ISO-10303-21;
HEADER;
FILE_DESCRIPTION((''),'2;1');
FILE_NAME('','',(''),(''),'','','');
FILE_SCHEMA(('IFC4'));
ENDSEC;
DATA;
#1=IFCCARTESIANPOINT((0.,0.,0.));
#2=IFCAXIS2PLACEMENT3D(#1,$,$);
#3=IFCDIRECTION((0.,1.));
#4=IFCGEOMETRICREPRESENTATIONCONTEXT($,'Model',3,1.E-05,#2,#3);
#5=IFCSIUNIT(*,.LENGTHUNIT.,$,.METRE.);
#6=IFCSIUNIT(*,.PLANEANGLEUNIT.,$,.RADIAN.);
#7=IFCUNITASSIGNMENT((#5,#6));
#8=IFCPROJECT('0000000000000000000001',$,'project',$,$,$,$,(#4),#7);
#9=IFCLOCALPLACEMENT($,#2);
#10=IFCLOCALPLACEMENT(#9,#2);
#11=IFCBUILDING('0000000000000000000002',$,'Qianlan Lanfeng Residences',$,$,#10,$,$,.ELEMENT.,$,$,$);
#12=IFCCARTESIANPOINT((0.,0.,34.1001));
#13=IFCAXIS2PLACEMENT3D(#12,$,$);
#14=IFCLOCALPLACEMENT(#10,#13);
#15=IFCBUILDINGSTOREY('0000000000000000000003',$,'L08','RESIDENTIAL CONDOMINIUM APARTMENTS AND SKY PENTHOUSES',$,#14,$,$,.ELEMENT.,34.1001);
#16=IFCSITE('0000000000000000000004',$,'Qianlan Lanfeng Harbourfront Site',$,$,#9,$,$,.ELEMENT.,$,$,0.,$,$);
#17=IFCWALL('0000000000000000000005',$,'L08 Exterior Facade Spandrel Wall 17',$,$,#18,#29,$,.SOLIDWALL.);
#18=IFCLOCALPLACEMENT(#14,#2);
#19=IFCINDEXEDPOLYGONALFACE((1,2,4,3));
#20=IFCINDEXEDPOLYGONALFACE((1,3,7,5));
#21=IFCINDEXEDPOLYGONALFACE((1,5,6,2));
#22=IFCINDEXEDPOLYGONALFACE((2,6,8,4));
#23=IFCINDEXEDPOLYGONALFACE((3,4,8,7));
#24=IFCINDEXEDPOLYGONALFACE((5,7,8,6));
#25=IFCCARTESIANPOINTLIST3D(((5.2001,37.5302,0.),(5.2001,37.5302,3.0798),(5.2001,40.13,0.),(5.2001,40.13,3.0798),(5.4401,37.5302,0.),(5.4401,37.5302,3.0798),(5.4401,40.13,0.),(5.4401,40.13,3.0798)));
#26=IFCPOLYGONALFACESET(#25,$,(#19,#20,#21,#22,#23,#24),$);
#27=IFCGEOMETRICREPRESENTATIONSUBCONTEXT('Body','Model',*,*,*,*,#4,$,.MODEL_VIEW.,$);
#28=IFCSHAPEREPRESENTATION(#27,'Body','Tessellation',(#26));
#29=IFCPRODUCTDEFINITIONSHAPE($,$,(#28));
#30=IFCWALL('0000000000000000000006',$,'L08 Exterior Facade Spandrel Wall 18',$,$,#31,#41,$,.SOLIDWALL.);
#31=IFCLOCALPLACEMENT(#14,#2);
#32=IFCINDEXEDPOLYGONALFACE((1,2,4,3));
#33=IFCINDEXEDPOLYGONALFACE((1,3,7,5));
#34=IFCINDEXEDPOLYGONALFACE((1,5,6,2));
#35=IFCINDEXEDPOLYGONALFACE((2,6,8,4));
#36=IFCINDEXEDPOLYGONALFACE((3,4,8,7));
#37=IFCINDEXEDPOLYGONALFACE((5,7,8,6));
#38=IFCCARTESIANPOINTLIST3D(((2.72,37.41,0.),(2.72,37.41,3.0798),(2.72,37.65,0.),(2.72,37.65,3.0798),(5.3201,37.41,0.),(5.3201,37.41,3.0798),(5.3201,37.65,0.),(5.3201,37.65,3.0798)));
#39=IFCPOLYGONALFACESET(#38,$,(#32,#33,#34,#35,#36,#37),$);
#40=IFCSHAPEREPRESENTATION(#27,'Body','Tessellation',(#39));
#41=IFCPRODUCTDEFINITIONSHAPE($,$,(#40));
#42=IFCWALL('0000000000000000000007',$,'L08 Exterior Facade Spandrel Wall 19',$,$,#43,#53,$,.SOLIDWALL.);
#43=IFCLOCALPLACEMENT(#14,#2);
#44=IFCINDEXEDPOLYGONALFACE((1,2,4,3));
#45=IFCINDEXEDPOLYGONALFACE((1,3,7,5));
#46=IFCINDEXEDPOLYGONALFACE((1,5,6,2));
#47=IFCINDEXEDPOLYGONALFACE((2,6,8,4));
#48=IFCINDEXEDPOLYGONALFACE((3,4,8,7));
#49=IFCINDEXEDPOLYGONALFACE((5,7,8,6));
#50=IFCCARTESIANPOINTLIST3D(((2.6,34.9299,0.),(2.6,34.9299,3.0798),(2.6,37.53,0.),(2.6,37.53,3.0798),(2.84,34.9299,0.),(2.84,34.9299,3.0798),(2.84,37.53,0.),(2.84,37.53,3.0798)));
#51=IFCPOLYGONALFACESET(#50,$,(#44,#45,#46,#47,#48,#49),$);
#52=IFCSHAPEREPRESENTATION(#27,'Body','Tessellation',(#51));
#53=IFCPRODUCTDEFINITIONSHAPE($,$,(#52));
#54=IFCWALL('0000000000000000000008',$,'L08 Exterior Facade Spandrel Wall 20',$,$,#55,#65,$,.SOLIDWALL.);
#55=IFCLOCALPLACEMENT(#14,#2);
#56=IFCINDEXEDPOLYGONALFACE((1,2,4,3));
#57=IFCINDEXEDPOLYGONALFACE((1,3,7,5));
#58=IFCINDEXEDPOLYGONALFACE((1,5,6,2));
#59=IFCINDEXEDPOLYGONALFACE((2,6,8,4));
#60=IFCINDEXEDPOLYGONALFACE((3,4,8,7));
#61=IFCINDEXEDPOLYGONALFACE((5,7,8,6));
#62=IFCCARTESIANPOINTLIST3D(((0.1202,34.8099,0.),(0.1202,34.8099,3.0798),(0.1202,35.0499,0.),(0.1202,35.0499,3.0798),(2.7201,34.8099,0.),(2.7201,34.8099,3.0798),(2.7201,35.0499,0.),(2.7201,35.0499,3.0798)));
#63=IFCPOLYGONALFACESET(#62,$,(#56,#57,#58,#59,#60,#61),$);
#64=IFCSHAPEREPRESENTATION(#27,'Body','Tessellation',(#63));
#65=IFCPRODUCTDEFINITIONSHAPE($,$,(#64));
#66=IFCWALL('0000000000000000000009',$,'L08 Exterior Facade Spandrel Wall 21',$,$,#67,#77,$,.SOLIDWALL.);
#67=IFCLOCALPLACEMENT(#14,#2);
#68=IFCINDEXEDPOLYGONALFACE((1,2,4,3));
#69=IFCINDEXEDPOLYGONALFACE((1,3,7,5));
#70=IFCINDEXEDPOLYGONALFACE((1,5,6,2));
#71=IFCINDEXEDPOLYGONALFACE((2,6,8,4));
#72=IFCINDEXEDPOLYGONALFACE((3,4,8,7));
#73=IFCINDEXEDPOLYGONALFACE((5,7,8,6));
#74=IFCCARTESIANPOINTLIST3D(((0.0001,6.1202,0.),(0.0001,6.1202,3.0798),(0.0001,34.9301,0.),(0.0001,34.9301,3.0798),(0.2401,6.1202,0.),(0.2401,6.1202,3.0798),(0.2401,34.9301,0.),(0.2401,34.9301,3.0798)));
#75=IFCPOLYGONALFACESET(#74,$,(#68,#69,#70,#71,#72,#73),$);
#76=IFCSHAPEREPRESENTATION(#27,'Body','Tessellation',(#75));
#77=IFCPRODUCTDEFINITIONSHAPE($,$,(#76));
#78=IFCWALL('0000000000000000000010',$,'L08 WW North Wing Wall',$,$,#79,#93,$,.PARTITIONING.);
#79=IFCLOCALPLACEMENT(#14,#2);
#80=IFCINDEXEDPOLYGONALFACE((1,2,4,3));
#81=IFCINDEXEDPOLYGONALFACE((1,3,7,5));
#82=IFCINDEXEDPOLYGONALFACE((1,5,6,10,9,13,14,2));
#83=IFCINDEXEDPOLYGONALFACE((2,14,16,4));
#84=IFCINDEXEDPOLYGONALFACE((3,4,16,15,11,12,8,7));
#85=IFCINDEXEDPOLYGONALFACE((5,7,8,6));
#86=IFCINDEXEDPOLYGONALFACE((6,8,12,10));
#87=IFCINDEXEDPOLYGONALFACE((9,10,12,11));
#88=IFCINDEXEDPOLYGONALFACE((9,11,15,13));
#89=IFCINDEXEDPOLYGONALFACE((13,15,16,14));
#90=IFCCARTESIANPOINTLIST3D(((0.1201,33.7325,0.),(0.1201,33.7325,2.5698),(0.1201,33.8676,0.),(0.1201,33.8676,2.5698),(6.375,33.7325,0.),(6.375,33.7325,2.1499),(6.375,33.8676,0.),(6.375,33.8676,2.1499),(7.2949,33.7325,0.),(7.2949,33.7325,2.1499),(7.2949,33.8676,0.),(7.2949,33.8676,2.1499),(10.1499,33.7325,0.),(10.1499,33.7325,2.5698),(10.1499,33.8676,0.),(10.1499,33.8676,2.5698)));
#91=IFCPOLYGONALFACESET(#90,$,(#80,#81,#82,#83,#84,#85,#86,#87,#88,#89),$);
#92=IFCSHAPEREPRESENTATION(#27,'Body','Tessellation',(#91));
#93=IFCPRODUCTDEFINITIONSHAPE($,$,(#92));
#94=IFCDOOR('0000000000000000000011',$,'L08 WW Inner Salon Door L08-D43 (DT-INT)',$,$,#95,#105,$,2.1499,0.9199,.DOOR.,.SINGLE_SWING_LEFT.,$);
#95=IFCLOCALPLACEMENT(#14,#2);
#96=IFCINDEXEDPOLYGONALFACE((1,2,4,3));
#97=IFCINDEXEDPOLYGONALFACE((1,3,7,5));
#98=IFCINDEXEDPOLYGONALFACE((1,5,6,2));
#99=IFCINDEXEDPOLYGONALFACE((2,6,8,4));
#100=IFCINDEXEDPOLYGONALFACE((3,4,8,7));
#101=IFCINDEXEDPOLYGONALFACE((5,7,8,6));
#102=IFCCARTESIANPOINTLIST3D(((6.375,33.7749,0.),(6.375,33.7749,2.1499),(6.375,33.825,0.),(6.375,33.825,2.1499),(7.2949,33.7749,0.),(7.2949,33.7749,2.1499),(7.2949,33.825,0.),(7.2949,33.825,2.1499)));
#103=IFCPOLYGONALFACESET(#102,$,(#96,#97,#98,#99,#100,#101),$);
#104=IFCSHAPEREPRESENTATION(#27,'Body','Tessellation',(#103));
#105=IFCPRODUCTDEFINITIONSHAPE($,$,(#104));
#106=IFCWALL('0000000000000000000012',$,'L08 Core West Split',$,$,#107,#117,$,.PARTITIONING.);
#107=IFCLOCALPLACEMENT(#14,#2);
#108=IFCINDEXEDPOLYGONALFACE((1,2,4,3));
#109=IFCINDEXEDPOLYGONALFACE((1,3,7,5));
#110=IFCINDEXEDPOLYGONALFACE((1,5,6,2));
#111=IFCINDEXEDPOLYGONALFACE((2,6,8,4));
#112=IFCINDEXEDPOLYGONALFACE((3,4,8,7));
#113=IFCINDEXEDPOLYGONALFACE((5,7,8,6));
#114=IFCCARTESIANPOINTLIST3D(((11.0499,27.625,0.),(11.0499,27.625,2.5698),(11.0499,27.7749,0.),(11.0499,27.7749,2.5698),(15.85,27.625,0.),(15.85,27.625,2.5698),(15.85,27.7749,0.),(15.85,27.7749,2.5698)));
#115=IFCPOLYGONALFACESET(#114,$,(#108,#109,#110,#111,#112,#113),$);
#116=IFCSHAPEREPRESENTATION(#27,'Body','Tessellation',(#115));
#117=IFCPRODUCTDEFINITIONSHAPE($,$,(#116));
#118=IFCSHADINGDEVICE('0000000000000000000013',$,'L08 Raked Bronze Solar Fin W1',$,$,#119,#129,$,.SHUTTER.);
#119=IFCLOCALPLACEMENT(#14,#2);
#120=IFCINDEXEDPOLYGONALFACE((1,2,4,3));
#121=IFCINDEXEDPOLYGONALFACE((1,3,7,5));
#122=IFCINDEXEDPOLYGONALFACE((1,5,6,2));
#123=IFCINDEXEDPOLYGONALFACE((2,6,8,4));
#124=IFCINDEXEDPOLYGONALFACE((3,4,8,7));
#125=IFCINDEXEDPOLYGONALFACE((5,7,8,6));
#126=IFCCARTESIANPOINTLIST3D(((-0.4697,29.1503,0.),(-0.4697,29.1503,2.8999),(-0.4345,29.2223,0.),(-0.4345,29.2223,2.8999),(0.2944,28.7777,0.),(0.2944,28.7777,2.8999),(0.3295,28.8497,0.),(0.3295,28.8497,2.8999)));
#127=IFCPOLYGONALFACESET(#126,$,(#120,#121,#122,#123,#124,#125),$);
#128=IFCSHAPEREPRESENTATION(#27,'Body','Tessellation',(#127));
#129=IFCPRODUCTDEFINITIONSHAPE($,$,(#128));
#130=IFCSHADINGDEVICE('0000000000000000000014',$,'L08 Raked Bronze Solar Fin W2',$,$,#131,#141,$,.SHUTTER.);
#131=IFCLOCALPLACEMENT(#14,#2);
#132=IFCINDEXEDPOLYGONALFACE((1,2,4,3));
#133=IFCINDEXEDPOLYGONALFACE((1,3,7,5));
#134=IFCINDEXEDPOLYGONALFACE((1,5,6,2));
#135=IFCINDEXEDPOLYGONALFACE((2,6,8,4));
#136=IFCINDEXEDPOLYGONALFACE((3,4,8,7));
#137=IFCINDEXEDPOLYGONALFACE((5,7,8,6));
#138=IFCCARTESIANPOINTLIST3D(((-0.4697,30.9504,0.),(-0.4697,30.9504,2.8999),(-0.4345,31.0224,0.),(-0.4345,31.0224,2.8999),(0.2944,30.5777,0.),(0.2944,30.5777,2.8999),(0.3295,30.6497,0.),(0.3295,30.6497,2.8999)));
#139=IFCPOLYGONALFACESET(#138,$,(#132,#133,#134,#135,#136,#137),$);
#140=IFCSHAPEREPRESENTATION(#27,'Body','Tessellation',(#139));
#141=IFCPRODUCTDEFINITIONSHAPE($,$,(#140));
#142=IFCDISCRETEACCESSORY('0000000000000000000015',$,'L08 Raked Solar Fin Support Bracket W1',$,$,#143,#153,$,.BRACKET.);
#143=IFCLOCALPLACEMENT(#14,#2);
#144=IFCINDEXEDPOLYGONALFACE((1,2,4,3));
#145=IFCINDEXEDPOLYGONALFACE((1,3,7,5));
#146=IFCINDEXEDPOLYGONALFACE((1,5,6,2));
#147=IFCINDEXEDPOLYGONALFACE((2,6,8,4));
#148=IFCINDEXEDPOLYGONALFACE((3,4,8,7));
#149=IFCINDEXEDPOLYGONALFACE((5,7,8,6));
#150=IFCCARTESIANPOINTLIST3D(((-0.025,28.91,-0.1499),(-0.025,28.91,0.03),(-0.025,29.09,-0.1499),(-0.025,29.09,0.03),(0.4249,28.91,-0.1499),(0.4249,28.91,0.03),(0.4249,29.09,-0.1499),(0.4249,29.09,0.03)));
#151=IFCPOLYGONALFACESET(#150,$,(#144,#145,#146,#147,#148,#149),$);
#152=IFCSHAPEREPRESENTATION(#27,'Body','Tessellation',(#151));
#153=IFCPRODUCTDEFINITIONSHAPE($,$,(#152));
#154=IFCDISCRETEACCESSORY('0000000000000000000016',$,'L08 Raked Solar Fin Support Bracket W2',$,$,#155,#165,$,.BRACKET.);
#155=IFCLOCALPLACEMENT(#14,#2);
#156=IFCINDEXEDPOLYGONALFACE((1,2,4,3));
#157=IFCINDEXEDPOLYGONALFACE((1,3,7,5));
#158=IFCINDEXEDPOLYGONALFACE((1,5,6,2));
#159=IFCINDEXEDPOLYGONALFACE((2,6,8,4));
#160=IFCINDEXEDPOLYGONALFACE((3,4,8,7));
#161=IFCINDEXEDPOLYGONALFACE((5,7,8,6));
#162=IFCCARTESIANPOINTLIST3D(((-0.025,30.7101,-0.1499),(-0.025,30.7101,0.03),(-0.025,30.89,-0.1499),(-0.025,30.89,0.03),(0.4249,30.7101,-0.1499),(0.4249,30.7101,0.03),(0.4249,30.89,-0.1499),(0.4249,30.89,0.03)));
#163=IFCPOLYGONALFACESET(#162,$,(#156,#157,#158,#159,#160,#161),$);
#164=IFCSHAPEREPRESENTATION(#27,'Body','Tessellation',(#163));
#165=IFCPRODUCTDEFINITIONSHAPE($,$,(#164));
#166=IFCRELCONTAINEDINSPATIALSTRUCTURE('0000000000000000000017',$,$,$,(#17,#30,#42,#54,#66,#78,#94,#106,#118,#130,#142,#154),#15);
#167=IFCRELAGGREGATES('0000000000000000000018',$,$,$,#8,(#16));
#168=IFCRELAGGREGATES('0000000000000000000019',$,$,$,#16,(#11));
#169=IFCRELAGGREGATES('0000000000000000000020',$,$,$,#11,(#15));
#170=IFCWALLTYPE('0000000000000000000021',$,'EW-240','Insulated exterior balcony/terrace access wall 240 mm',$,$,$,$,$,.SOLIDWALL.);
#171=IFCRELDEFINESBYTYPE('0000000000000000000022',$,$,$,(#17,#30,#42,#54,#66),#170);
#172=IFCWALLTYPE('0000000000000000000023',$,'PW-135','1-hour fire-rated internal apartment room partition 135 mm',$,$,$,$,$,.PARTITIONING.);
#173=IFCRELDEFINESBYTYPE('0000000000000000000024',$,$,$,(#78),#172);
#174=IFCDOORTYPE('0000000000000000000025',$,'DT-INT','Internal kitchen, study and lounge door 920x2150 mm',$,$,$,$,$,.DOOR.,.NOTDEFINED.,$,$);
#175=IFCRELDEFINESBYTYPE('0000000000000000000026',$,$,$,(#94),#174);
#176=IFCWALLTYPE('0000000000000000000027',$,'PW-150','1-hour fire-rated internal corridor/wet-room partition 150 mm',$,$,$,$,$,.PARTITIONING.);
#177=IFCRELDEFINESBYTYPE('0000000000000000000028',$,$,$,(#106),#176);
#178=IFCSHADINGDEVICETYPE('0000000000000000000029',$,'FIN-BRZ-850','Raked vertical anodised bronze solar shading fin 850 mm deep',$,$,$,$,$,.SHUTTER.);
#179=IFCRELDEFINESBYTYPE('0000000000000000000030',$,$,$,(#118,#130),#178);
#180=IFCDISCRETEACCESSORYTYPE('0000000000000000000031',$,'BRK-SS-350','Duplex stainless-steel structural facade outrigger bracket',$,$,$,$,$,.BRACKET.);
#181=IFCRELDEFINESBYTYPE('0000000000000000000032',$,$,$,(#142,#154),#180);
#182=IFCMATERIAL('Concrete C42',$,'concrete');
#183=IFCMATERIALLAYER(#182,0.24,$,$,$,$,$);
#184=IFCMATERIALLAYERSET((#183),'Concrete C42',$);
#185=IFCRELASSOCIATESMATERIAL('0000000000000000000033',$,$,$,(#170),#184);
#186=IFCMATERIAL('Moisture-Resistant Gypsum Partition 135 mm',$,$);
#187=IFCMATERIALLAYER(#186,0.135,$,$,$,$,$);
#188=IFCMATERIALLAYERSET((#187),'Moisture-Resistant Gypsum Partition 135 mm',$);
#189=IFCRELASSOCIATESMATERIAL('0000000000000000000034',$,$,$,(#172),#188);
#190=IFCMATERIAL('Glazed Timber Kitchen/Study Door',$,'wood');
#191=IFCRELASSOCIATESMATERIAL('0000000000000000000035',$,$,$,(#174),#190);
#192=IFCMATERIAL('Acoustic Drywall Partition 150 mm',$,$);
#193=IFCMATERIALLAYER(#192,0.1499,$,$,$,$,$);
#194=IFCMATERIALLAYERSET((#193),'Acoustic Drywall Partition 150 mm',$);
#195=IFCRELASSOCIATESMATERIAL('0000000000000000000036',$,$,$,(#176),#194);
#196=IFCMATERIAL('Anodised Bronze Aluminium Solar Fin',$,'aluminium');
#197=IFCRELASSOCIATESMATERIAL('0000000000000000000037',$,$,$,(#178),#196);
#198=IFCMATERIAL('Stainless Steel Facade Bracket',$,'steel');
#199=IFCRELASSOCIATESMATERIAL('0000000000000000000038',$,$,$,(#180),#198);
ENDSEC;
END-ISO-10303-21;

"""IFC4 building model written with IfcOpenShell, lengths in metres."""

from ifc_helpers import new_model, si_unit, direction, frame, frame_2d, origin, origin_2d, place, context, subcontext, project, spatial, rectangle, extrude, source, transform, mapped, material, layer, layer_set, type_object, element, fill, save


model = new_model("IFC4")

# Units and contexts
model_context = context("Model", 3, precision=1e-05, world=origin(), true_north=direction((0.0, 1.0)))
body_context = subcontext(model_context, "Body", "Model", "MODEL_VIEW")
ifc_project = project(units=[si_unit("LENGTHUNIT", "METRE"), si_unit("PLANEANGLEUNIT", "RADIAN")], contexts=[model_context])

# Site, building, storey
site_placement = place(None, origin())
site = spatial("IfcSite", under=ifc_project, at=site_placement, Name="Qianlan Lanfeng Harbourfront Site", CompositionType="ELEMENT", RefElevation=0.0)
building_placement = place(site_placement, origin())
building = spatial("IfcBuilding", under=site, at=building_placement, Name="Qianlan Lanfeng Residences", CompositionType="ELEMENT")
storey_placement = place(building_placement, frame((0.0, 0.0, 34.1001)))
storey = spatial("IfcBuildingStorey", under=building, at=storey_placement, Name="L08", Description="RESIDENTIAL CONDOMINIUM APARTMENTS AND SKY PENTHOUSES", CompositionType="ELEMENT", Elevation=34.1001)

# Walls
ifc_material_1 = material(Name="Concrete C42", Category="concrete")
ifc_layer_1 = layer(ifc_material_1, 0.24)
ifc_layer_set_1 = layer_set([ifc_layer_1], Name="Concrete C42")
wall_type_1 = type_object("IfcWallType", Name="EW-240", Description="Insulated exterior balcony/terrace access wall 240 mm", PredefinedType="SOLIDWALL", material=ifc_layer_set_1)
wall_1_placement = place(storey_placement, frame((5.3201, 40.1299, 0.0), z_axis=(0.0, 0.0, 1.0), x_axis=(0.0, -1.0, 0.0)))
element("IfcWall", 1, at=wall_1_placement, inside=storey, type_object=wall_type_1, Name="L08 Exterior Facade Spandrel Wall 17", PredefinedType="SOLIDWALL", context=body_context, shape_type="SweptSolid", body=[
    extrude(rectangle(XDim=2.5999, YDim=0.24, at=frame_2d((1.2998, 0.0))), origin(), (0.0, 0.0, 1.0), 3.0798),
])
for number, where, z_axis, x_axis, name in (
    (2, (5.3201, 37.53, 0.0), (0.0, 0.0, 1.0), (-1.0, 0.0, 0.0), "L08 Exterior Facade Spandrel Wall 18"),
    (3, (2.72, 37.53, 0.0), (0.0, 0.0, 1.0), (0.0, -1.0, 0.0), "L08 Exterior Facade Spandrel Wall 19"),
):
    element("IfcWall", number, at=place(storey_placement, frame(where, z_axis=z_axis, x_axis=x_axis)), inside=storey, type_object=wall_type_1, Name=name, PredefinedType="SOLIDWALL", context=body_context, shape_type="SweptSolid", body=[
        extrude(rectangle(XDim=2.6001, YDim=0.24, at=frame_2d((1.3, 0.0))), origin(), (0.0, 0.0, 1.0), 3.0798),
    ])
wall_2_placement = place(storey_placement, frame((2.72, 34.9299, 0.0), z_axis=(0.0, 0.0, 1.0), x_axis=(-1.0, 0.0, 0.0)))
element("IfcWall", 4, at=wall_2_placement, inside=storey, type_object=wall_type_1, Name="L08 Exterior Facade Spandrel Wall 20", PredefinedType="SOLIDWALL", context=body_context, shape_type="SweptSolid", body=[
    extrude(rectangle(XDim=2.5999, YDim=0.24, at=frame_2d((1.2998, 0.0))), origin(), (0.0, 0.0, 1.0), 3.0798),
])
wall_3_placement = place(storey_placement, frame((0.1201, 34.9299, 0.0), z_axis=(0.0, 0.0, 1.0), x_axis=(0.0, -1.0, 0.0)))
element("IfcWall", 5, at=wall_3_placement, inside=storey, type_object=wall_type_1, Name="L08 Exterior Facade Spandrel Wall 21", PredefinedType="SOLIDWALL", context=body_context, shape_type="SweptSolid", body=[
    extrude(rectangle(XDim=28.8098, YDim=0.24, at=frame_2d((14.4048, 0.0))), origin(), (0.0, 0.0, 1.0), 3.0798),
])

# Wall, opening, door
ifc_material_2 = material(Name="Moisture-Resistant Gypsum Partition 135 mm")
ifc_layer_2 = layer(ifc_material_2, 0.135)
ifc_layer_set_2 = layer_set([ifc_layer_2], Name="Moisture-Resistant Gypsum Partition 135 mm")
wall_type_2 = type_object("IfcWallType", Name="PW-135", Description="1-hour fire-rated internal apartment room partition 135 mm", PredefinedType="PARTITIONING", material=ifc_layer_set_2)
wall_4_placement = place(storey_placement, frame((0.1201, 33.8, 0.0), z_axis=(0.0, 0.0, 1.0), x_axis=(1.0, 0.0, 0.0)))
wall_4 = element("IfcWall", 6, at=wall_4_placement, inside=storey, type_object=wall_type_2, Name="L08 WW North Wing Wall", PredefinedType="PARTITIONING", context=body_context, shape_type="SweptSolid", body=[
    extrude(rectangle(XDim=10.0298, YDim=0.135, at=frame_2d((5.0149, 0.0))), origin(), (0.0, 0.0, 1.0), 2.5698),
])
opening_1_placement = place(wall_4_placement, frame((6.2549, 0.0, 0.0)))
opening_1 = element("IfcOpeningElement", 7, at=opening_1_placement, cuts=wall_4, PredefinedType="OPENING", context=body_context, shape_type="SweptSolid", body=[
    extrude(rectangle(XDim=0.9199, YDim=2.1499, at=frame_2d((0.46, 1.075))), frame((0.0, 0.0776, 0.0), z_axis=(0.0, -1.0, 0.0), x_axis=(1.0, 0.0, 0.0)), (0.0, 0.0, 1.0), 0.155),
])
ifc_material_3 = material(Name="Glazed Timber Kitchen/Study Door", Category="wood")
door_type_1 = type_object("IfcDoorType", Name="DT-INT", Description="Internal kitchen, study and lounge door 920x2150 mm", OperationType="NOTDEFINED", PredefinedType="DOOR", material=ifc_material_3)
door_1_placement = place(opening_1_placement, origin())
door_1 = element("IfcDoor", 8, at=door_1_placement, inside=storey, type_object=door_type_1, Name="L08 WW Inner Salon Door L08-D43 (DT-INT)", OperationType="SINGLE_SWING_LEFT", OverallHeight=2.1499, OverallWidth=0.9199, PredefinedType="DOOR", context=body_context, shape_type="SweptSolid", body=[
    extrude(rectangle(XDim=0.9199, YDim=2.1499, at=frame_2d((0.46, 1.075))), frame((0.0, 0.0249, 0.0), z_axis=(0.0, -1.0, 0.0), x_axis=(1.0, 0.0, 0.0)), (0.0, 0.0, 1.0), 0.05),
])
fill(opening_1, door_1)

# Wall
ifc_material_4 = material(Name="Acoustic Drywall Partition 150 mm")
ifc_layer_3 = layer(ifc_material_4, 0.1499)
ifc_layer_set_3 = layer_set([ifc_layer_3], Name="Acoustic Drywall Partition 150 mm")
wall_type_3 = type_object("IfcWallType", Name="PW-150", Description="1-hour fire-rated internal corridor/wet-room partition 150 mm", PredefinedType="PARTITIONING", material=ifc_layer_set_3)
wall_5_placement = place(storey_placement, frame((11.05, 27.7, 0.0), z_axis=(0.0, 0.0, 1.0), x_axis=(1.0, 0.0, 0.0)))
element("IfcWall", 9, at=wall_5_placement, inside=storey, type_object=wall_type_3, Name="L08 Core West Split", PredefinedType="PARTITIONING", context=body_context, shape_type="SweptSolid", body=[
    extrude(rectangle(XDim=4.8, YDim=0.1499, at=frame_2d((2.3999, 0.0))), origin(), (0.0, 0.0, 1.0), 2.5698),
])

# Shading devices
ifc_material_5 = material(Name="Anodised Bronze Aluminium Solar Fin", Category="aluminium")
shading_device_type = type_object("IfcShadingDeviceType", Name="FIN-BRZ-850", Description="Raked vertical anodised bronze solar shading fin 850 mm deep", PredefinedType="SHUTTER", material=ifc_material_5)
shared_shape_1 = source(origin(), body_context, "Body", "SweptSolid", [
    extrude(rectangle(XDim=0.8501, YDim=0.0801, at=origin_2d()), origin(), (0.0, 0.0, 1.0), 2.8999),
])
for number, where, z_axis, x_axis, name in (
    (10, (-0.0701, 29.0, 0.0), (0.0, 0.0, 1.0), (0.898794, -0.438371, 0.0), "L08 Raked Bronze Solar Fin W1"),
    (11, (-0.0701, 30.8, 0.0), (0.0, 0.0, 1.0), (0.898794, -0.438371, 0.0), "L08 Raked Bronze Solar Fin W2"),
):
    element("IfcShadingDevice", number, at=place(storey_placement, frame(where, z_axis=z_axis, x_axis=x_axis)), inside=storey, type_object=shading_device_type, Name=name, PredefinedType="SHUTTER", context=body_context, shape_type="MappedRepresentation", body=[
        mapped(shared_shape_1, transform((0.0, 0.0, 0.0), scale=1.0)),
    ])

# Discrete accessories
ifc_material_6 = material(Name="Stainless Steel Facade Bracket", Category="steel")
discrete_accessory_type = type_object("IfcDiscreteAccessoryType", Name="BRK-SS-350", Description="Duplex stainless-steel structural facade outrigger bracket", PredefinedType="BRACKET", material=ifc_material_6)
shared_shape_2 = source(origin(), body_context, "Body", "SweptSolid", [
    extrude(rectangle(XDim=0.45, YDim=0.1799, at=origin_2d()), origin(), (0.0, 0.0, 1.0), 0.1799),
])
for number, where, z_axis, x_axis, name in (
    (12, (0.2, 29.0, -0.1499), (0.0, 0.0, 1.0), (1.0, 0.0, 0.0), "L08 Raked Solar Fin Support Bracket W1"),
    (13, (0.2, 30.8, -0.1499), (0.0, 0.0, 1.0), (1.0, 0.0, 0.0), "L08 Raked Solar Fin Support Bracket W2"),
):
    element("IfcDiscreteAccessory", number, at=place(storey_placement, frame(where, z_axis=z_axis, x_axis=x_axis)), inside=storey, type_object=discrete_accessory_type, Name=name, PredefinedType="BRACKET", context=body_context, shape_type="MappedRepresentation", body=[
        mapped(shared_shape_2, transform((0.0, 0.0, 0.0), scale=1.0)),
    ])

save(model, "model.ifc")
